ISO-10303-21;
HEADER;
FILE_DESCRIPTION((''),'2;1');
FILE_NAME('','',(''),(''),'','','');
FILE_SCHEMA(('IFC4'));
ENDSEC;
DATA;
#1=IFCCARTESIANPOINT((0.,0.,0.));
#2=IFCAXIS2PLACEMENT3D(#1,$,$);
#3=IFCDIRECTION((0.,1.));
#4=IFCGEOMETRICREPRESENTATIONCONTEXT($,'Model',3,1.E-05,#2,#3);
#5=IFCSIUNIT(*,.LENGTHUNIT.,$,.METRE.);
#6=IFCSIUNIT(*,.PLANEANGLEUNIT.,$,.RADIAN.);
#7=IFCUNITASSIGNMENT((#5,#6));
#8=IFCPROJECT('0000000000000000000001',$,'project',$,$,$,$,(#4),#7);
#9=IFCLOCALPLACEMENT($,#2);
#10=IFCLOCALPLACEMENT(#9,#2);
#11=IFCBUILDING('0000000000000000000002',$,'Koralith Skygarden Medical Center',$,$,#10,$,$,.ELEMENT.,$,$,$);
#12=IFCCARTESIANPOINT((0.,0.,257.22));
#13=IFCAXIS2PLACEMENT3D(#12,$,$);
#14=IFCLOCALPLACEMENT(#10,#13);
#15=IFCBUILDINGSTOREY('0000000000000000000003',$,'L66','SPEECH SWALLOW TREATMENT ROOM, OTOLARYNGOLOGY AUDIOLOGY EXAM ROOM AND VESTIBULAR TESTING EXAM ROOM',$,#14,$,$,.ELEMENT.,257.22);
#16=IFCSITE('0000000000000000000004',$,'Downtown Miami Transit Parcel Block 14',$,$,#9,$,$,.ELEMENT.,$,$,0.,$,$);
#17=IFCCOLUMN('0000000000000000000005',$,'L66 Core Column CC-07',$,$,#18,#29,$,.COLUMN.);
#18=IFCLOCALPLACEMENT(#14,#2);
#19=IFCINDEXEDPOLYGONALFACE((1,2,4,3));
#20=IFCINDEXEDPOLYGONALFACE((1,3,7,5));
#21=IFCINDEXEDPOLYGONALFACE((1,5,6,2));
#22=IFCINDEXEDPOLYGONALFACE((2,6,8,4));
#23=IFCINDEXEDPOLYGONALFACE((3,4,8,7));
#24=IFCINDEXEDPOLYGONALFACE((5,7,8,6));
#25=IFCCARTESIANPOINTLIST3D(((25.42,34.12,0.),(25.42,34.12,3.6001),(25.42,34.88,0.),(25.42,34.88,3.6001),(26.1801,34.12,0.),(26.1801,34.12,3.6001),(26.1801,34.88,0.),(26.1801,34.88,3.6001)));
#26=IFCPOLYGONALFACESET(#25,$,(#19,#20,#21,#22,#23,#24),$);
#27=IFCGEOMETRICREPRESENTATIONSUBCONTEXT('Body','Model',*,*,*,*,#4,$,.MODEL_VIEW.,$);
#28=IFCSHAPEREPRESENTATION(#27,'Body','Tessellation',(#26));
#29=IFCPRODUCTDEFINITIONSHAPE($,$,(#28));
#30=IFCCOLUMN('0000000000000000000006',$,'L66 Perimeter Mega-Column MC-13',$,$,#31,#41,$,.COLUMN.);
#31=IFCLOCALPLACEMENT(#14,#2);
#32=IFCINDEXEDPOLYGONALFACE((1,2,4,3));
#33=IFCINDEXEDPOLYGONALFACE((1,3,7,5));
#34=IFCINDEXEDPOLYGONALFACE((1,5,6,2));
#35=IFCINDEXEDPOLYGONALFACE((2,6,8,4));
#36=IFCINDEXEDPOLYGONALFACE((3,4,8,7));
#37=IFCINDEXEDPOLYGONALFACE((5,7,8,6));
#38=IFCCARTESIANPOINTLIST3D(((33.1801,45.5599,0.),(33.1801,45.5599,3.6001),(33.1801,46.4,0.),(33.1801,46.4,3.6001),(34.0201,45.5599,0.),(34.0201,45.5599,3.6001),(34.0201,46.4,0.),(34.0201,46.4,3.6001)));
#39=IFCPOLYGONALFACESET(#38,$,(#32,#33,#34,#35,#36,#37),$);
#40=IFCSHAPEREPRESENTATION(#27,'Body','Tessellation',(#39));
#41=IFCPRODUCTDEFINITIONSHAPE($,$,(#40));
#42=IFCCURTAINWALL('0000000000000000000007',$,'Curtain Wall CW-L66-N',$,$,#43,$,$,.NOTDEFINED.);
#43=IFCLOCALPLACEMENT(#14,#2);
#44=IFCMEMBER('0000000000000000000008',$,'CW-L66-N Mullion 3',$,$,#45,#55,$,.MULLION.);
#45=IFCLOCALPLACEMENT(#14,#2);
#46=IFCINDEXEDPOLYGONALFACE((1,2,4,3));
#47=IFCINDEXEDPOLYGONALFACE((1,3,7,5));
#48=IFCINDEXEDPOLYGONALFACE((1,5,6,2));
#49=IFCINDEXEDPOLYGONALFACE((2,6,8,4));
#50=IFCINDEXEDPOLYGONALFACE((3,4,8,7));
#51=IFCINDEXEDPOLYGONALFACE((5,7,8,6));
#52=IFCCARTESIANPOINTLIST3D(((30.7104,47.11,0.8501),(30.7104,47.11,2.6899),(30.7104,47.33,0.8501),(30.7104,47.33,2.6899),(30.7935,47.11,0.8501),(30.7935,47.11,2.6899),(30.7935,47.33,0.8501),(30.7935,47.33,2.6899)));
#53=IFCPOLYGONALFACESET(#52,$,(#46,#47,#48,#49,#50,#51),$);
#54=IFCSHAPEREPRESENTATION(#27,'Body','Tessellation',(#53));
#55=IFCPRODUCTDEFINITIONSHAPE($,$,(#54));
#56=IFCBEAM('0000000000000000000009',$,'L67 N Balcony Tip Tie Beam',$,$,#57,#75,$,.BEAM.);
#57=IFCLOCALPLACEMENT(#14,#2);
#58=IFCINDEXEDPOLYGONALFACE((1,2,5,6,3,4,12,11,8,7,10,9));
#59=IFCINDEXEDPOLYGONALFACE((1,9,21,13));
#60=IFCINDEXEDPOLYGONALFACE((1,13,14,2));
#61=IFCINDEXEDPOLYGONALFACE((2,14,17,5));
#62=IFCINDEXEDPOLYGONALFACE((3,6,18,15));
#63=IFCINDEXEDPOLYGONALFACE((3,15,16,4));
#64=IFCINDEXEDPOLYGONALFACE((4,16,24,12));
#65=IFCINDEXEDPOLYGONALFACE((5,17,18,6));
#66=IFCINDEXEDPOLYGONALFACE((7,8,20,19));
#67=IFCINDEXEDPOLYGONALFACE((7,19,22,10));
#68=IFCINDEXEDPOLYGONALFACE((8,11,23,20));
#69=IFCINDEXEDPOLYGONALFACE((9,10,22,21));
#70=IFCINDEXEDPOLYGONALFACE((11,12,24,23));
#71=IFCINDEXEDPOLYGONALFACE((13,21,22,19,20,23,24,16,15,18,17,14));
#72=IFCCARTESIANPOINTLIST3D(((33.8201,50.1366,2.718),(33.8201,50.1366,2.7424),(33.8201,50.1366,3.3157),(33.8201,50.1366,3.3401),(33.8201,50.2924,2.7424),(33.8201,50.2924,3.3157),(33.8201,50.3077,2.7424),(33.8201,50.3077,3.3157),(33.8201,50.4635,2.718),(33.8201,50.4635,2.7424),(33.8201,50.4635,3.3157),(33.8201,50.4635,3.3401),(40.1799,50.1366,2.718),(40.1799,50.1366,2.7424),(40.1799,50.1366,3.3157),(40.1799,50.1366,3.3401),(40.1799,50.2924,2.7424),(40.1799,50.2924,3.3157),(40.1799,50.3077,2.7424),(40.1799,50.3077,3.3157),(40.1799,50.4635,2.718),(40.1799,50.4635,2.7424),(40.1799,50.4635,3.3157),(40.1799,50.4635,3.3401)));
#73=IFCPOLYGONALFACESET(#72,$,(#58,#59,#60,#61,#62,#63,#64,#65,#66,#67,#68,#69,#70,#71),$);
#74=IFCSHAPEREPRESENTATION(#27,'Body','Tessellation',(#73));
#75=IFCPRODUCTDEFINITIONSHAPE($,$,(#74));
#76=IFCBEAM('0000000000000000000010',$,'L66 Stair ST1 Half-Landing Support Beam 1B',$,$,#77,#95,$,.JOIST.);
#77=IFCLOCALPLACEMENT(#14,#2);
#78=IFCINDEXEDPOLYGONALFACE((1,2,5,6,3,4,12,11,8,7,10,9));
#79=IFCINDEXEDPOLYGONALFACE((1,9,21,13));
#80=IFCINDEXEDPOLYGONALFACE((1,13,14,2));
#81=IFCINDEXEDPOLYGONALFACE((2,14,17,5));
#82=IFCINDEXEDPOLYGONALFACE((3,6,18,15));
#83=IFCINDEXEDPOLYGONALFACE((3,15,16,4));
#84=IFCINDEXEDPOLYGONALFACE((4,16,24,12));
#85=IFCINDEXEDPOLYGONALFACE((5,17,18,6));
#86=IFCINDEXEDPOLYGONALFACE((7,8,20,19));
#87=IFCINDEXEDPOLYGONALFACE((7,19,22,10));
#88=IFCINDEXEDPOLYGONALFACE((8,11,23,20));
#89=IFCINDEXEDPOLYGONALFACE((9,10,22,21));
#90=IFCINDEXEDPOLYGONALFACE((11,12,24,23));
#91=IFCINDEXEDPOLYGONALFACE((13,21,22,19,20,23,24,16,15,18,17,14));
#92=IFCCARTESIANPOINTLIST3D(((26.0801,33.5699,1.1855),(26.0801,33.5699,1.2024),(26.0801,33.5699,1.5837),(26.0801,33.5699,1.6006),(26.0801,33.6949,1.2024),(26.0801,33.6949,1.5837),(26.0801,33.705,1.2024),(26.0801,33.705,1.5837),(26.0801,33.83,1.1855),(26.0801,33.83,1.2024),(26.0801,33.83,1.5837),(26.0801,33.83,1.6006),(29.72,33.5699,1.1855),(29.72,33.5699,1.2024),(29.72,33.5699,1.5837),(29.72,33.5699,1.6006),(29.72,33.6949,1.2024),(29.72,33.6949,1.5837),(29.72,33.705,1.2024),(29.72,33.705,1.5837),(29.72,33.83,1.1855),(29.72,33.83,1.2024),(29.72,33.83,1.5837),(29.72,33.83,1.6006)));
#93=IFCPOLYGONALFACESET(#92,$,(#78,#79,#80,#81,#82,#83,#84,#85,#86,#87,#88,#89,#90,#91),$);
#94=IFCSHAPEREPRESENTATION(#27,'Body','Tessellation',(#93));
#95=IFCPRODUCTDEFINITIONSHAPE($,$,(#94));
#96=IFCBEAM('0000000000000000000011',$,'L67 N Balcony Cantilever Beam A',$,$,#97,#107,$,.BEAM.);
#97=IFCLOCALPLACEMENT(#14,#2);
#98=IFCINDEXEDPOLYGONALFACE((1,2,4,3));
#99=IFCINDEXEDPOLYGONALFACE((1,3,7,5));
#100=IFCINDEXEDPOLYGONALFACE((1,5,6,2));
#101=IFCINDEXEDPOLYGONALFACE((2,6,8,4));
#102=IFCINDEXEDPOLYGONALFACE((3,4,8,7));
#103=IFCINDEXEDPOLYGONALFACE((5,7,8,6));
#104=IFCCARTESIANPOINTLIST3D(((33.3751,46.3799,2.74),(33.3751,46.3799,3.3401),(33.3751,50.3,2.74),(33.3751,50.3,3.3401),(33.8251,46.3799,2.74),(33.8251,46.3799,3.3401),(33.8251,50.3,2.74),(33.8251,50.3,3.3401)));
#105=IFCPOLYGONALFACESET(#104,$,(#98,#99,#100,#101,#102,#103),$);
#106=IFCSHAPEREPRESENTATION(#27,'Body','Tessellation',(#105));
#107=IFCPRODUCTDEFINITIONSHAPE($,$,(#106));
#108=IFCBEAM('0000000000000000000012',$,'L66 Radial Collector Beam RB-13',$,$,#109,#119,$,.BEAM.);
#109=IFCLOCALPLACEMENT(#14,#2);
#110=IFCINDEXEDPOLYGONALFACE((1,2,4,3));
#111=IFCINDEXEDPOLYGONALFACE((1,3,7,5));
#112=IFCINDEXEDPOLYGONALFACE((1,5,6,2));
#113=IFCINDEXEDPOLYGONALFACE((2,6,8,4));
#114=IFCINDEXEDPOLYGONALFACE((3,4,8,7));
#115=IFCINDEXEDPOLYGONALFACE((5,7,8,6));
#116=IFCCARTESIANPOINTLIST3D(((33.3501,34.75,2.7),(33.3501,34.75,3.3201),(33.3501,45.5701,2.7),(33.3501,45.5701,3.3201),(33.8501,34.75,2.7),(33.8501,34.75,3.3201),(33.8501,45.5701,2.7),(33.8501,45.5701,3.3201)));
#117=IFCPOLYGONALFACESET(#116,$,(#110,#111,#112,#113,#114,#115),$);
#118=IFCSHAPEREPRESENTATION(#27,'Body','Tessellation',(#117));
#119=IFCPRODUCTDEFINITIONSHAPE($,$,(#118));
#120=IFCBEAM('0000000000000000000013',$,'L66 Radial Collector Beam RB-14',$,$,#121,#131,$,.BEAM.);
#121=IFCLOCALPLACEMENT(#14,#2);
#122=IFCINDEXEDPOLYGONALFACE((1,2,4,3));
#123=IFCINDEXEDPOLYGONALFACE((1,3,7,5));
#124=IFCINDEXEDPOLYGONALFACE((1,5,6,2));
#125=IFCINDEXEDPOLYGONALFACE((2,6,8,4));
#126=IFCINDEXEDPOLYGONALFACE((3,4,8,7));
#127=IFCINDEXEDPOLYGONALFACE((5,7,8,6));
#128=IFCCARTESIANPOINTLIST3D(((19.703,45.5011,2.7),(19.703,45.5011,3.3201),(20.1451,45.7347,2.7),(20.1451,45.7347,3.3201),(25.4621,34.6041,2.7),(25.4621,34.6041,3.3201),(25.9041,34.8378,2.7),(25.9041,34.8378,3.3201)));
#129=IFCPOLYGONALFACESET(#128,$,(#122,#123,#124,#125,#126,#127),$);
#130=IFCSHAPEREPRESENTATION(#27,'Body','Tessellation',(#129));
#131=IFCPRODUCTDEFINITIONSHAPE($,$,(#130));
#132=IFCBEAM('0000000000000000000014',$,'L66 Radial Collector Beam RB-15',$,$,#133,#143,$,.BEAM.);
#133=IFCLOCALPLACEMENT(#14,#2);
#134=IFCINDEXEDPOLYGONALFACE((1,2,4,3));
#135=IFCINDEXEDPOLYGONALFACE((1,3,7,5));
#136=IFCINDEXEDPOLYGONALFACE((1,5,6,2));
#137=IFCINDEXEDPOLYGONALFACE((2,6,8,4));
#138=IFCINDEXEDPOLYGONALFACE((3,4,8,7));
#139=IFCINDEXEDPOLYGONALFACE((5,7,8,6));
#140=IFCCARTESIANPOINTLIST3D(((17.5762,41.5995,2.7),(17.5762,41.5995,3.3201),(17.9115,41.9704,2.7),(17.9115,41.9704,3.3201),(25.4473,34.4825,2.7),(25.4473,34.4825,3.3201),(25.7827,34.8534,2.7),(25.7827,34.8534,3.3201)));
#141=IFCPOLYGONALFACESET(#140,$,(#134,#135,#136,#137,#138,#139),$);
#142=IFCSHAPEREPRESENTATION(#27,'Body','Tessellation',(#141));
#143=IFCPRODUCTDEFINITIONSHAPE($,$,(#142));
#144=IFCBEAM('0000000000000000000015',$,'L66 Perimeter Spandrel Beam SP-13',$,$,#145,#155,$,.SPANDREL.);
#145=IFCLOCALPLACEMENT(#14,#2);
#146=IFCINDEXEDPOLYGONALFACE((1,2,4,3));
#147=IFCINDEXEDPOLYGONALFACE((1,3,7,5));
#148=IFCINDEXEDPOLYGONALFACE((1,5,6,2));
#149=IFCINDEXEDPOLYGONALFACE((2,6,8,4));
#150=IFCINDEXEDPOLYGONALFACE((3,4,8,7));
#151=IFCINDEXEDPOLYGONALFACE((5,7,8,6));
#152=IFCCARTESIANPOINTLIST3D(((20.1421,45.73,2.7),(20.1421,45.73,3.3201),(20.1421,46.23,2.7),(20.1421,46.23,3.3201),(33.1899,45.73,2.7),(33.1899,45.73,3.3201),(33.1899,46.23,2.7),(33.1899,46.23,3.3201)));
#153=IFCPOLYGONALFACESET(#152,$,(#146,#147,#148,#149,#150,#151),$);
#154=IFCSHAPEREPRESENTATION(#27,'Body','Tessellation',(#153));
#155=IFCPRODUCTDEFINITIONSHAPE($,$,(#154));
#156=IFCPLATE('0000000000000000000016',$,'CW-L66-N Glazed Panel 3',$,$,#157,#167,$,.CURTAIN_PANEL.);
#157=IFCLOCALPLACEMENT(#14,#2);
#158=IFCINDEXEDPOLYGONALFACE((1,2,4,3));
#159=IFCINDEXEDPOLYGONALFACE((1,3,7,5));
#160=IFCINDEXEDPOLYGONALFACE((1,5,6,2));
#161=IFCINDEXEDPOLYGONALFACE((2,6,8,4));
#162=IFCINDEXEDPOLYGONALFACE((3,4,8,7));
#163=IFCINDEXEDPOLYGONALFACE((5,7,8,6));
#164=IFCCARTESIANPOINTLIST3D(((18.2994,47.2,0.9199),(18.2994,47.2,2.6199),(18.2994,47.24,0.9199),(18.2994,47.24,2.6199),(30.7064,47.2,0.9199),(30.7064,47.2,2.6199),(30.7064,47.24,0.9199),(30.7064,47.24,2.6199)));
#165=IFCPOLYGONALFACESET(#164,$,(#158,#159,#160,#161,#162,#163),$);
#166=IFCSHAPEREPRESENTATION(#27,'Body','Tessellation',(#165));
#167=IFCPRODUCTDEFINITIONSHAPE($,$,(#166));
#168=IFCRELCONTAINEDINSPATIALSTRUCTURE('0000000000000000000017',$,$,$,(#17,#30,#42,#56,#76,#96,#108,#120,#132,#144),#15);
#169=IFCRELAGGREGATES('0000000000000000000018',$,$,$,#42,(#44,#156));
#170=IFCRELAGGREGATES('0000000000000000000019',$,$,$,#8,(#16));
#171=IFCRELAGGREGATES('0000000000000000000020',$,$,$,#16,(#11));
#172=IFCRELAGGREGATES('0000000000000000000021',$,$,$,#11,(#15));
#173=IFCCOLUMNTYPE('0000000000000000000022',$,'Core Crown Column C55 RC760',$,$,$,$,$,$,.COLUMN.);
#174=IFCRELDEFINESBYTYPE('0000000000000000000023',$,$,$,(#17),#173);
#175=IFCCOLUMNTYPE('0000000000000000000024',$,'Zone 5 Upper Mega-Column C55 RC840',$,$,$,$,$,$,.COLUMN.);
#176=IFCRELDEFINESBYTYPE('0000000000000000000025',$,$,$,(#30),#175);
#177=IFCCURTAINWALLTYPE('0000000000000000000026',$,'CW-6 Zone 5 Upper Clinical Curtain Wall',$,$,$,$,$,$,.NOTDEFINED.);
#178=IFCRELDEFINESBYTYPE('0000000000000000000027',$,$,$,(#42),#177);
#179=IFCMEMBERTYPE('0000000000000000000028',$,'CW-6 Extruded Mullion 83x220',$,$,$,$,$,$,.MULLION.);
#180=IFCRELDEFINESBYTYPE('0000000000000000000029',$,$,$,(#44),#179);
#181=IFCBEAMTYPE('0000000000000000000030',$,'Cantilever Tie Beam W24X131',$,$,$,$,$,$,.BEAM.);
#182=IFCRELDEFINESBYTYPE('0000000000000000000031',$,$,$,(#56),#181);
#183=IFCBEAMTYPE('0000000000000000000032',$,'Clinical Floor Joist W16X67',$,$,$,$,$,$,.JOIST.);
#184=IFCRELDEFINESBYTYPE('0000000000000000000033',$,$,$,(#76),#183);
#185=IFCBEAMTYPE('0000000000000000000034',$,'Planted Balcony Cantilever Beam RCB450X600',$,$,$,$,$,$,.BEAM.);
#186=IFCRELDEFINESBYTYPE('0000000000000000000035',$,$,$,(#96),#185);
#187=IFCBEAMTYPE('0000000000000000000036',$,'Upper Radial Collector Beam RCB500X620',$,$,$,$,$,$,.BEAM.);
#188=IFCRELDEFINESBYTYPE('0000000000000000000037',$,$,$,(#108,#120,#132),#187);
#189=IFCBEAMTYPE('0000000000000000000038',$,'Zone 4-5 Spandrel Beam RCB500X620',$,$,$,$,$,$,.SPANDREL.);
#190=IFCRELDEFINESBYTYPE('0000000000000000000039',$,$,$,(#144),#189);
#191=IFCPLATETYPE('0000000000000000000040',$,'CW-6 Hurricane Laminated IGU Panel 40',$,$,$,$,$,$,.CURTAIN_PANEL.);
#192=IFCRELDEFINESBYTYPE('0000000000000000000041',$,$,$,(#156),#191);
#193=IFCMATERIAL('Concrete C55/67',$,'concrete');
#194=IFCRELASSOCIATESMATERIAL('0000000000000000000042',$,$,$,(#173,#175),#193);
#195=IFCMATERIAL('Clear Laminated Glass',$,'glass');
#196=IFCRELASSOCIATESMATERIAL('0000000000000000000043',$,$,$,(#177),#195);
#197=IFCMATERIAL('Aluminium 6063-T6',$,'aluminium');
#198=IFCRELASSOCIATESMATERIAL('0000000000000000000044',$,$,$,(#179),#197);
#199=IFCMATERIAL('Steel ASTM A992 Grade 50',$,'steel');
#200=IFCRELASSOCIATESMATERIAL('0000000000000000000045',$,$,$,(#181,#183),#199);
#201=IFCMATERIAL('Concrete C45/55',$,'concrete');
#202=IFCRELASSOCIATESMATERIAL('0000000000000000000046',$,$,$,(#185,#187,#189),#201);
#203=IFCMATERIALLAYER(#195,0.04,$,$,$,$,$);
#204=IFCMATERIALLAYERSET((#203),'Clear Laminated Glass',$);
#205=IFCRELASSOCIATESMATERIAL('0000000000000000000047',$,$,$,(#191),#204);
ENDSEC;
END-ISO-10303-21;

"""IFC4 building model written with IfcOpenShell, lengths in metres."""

from ifc_helpers import new_model, si_unit, direction, frame, origin, origin_2d, place, context, subcontext, project, spatial, rectangle, i_section, extrude, material, layer, layer_set, material_profile, profile_set, type_object, element, aggregate, save


model = new_model("IFC4")

# Units and contexts
model_context = context("Model", 3, precision=1e-05, world=origin(), true_north=direction((0.0, 1.0)))
body_context = subcontext(model_context, "Body", "Model", "MODEL_VIEW")
ifc_project = project(units=[si_unit("LENGTHUNIT", "METRE"), si_unit("PLANEANGLEUNIT", "RADIAN")], contexts=[model_context])

# Site, building, storey
site_placement = place(None, origin())
site = spatial("IfcSite", under=ifc_project, at=site_placement, Name="Downtown Miami Transit Parcel Block 14", CompositionType="ELEMENT", RefElevation=0.0)
building_placement = place(site_placement, origin())
building = spatial("IfcBuilding", under=site, at=building_placement, Name="Koralith Skygarden Medical Center", CompositionType="ELEMENT")
storey_placement = place(building_placement, frame((0.0, 0.0, 257.22)))
storey = spatial("IfcBuildingStorey", under=building, at=storey_placement, Name="L66", Description="SPEECH SWALLOW TREATMENT ROOM, OTOLARYNGOLOGY AUDIOLOGY EXAM ROOM AND VESTIBULAR TESTING EXAM ROOM", CompositionType="ELEMENT", Elevation=257.22)

# Columns
ifc_material_1 = material(Name="Concrete C55/67", Category="concrete")
ifc_material_profile_1 = material_profile(ifc_material_1, rectangle(XDim=0.76, YDim=0.76, at=origin_2d()), Name="RC760X760")
ifc_profile_set_1 = profile_set([ifc_material_profile_1], Name="Concrete C55/67")
column_type_1 = type_object("IfcColumnType", Name="Core Crown Column C55 RC760", PredefinedType="COLUMN", material=ifc_profile_set_1)
column_1_placement = place(storey_placement, frame((25.8, 34.5, 0.0), z_axis=(0.0, 0.0, 1.0), x_axis=(1.0, 0.0, 0.0)))
element("IfcColumn", 1, at=column_1_placement, inside=storey, type_object=column_type_1, Name="L66 Core Column CC-07", PredefinedType="COLUMN", context=body_context, shape_type="SweptSolid", body=[
    extrude(rectangle(XDim=0.76, YDim=0.76, at=origin_2d()), origin(), (0.0, 0.0, 1.0), 3.6001),
])
ifc_material_profile_2 = material_profile(ifc_material_1, rectangle(XDim=0.8401, YDim=0.8401, at=origin_2d()), Name="RC840X840")
ifc_profile_set_2 = profile_set([ifc_material_profile_2], Name="Concrete C55/67")
column_type_2 = type_object("IfcColumnType", Name="Zone 5 Upper Mega-Column C55 RC840", PredefinedType="COLUMN", material=ifc_profile_set_2)
column_2_placement = place(storey_placement, frame((33.6001, 45.98, 0.0), z_axis=(0.0, 0.0, 1.0), x_axis=(1.0, 0.0, 0.0)))
element("IfcColumn", 2, at=column_2_placement, inside=storey, type_object=column_type_2, Name="L66 Perimeter Mega-Column MC-13", PredefinedType="COLUMN", context=body_context, shape_type="SweptSolid", body=[
    extrude(rectangle(XDim=0.8401, YDim=0.8401, at=origin_2d()), origin(), (0.0, 0.0, 1.0), 3.6001),
])

# Curtain wall, member
ifc_material_2 = material(Name="Clear Laminated Glass", Category="glass")
curtain_wall_type = type_object("IfcCurtainWallType", Name="CW-6 Zone 5 Upper Clinical Curtain Wall", PredefinedType="NOTDEFINED", material=ifc_material_2)
curtain_wall_placement = place(storey_placement, origin())
curtain_wall = element("IfcCurtainWall", 3, at=curtain_wall_placement, inside=storey, type_object=curtain_wall_type, Name="Curtain Wall CW-L66-N", PredefinedType="NOTDEFINED")
ifc_material_3 = material(Name="Aluminium 6063-T6", Category="aluminium")
ifc_material_profile_3 = material_profile(ifc_material_3, rectangle(XDim=0.083, YDim=0.22, at=origin_2d()), Name="MUL83X220")
ifc_profile_set_3 = profile_set([ifc_material_profile_3], Name="Aluminium 6063-T6")
member_type = type_object("IfcMemberType", Name="CW-6 Extruded Mullion 83x220", PredefinedType="MULLION", material=ifc_profile_set_3)
member_placement = place(storey_placement, frame((30.752, 47.22, 0.8501), z_axis=(0.0, 0.0, 1.0), x_axis=(1.0, 0.0, 0.0)))
member = element("IfcMember", 4, at=member_placement, type_object=member_type, Name="CW-L66-N Mullion 3", PredefinedType="MULLION", context=body_context, shape_type="SweptSolid", body=[
    extrude(rectangle(XDim=0.083, YDim=0.22, at=origin_2d()), origin(), (0.0, 0.0, 1.0), 1.8398),
])

# Beams
ifc_material_4 = material(Name="Steel ASTM A992 Grade 50", Category="steel")
ifc_material_profile_4 = material_profile(ifc_material_4, i_section(OverallWidth=0.3269, OverallDepth=0.6221, WebThickness=0.0154, FlangeThickness=0.0244, at=origin_2d()), Name="W24X131")
ifc_profile_set_4 = profile_set([ifc_material_profile_4], Name="Steel ASTM A992 Grade 50")
beam_type_1 = type_object("IfcBeamType", Name="Cantilever Tie Beam W24X131", PredefinedType="BEAM", material=ifc_profile_set_4)
beam_1_placement = place(storey_placement, frame((33.8201, 50.3, 3.0291), z_axis=(1.0, 0.0, 0.0), x_axis=(0.0, 1.0, 0.0)))
element("IfcBeam", 5, at=beam_1_placement, inside=storey, type_object=beam_type_1, Name="L67 N Balcony Tip Tie Beam", PredefinedType="BEAM", context=body_context, shape_type="SweptSolid", body=[
    extrude(i_section(OverallWidth=0.3269, OverallDepth=0.6221, WebThickness=0.0154, FlangeThickness=0.0244, at=origin_2d()), origin(), (0.0, 0.0, 1.0), 6.3599),
])
ifc_material_profile_5 = material_profile(ifc_material_4, i_section(OverallWidth=0.26, OverallDepth=0.415, WebThickness=0.01, FlangeThickness=0.0168, at=origin_2d()), Name="W16X67")
ifc_profile_set_5 = profile_set([ifc_material_profile_5], Name="Steel ASTM A992 Grade 50")
beam_type_2 = type_object("IfcBeamType", Name="Clinical Floor Joist W16X67", PredefinedType="JOIST", material=ifc_profile_set_5)
beam_2_placement = place(storey_placement, frame((26.0801, 33.7, 1.3931), z_axis=(1.0, 0.0, 0.0), x_axis=(0.0, 1.0, 0.0)))
element("IfcBeam", 6, at=beam_2_placement, inside=storey, type_object=beam_type_2, Name="L66 Stair ST1 Half-Landing Support Beam 1B", PredefinedType="JOIST", context=body_context, shape_type="SweptSolid", body=[
    extrude(i_section(OverallWidth=0.26, OverallDepth=0.415, WebThickness=0.01, FlangeThickness=0.0168, at=origin_2d()), origin(), (0.0, 0.0, 1.0), 3.6399),
])
ifc_material_5 = material(Name="Concrete C45/55", Category="concrete")
ifc_material_profile_6 = material_profile(ifc_material_5, rectangle(XDim=0.45, YDim=0.6001, at=origin_2d()), Name="RCB450X600")
ifc_profile_set_6 = profile_set([ifc_material_profile_6], Name="Concrete C45/55")
beam_type_3 = type_object("IfcBeamType", Name="Planted Balcony Cantilever Beam RCB450X600", PredefinedType="BEAM", material=ifc_profile_set_6)
beam_3_placement = place(storey_placement, frame((33.6001, 46.3799, 3.04), z_axis=(0.0, 1.0, 0.0), x_axis=(-1.0, 0.0, 0.0)))
element("IfcBeam", 7, at=beam_3_placement, inside=storey, type_object=beam_type_3, Name="L67 N Balcony Cantilever Beam A", PredefinedType="BEAM", context=body_context, shape_type="SweptSolid", body=[
    extrude(rectangle(XDim=0.45, YDim=0.6001, at=origin_2d()), origin(), (0.0, 0.0, 1.0), 3.9202),
])
ifc_material_profile_7 = material_profile(ifc_material_5, rectangle(XDim=0.5, YDim=0.6201, at=origin_2d()), Name="RCB500X620")
ifc_profile_set_7 = profile_set([ifc_material_profile_7], Name="Concrete C45/55")
beam_type_4 = type_object("IfcBeamType", Name="Upper Radial Collector Beam RCB500X620", PredefinedType="BEAM", material=ifc_profile_set_7)
beam_4_placement = place(storey_placement, frame((33.6001, 34.75, 3.01), z_axis=(0.0, 1.0, 0.0), x_axis=(-1.0, 0.0, 0.0)))
element("IfcBeam", 8, at=beam_4_placement, inside=storey, type_object=beam_type_4, Name="L66 Radial Collector Beam RB-13", PredefinedType="BEAM", context=body_context, shape_type="SweptSolid", body=[
    extrude(rectangle(XDim=0.5, YDim=0.6201, at=origin_2d()), origin(), (0.0, 0.0, 1.0), 10.8201),
])
beam_5_placement = place(storey_placement, frame((25.6831, 34.7209, 3.01), z_axis=(-0.467257, 0.884122, 0.0), x_axis=(-0.884122, -0.467257, 0.0)))
element("IfcBeam", 9, at=beam_5_placement, inside=storey, type_object=beam_type_4, Name="L66 Radial Collector Beam RB-14", PredefinedType="BEAM", context=body_context, shape_type="SweptSolid", body=[
    extrude(rectangle(XDim=0.5, YDim=0.6201, at=origin_2d()), origin(), (0.0, 0.0, 1.0), 12.3252),
])
beam_6_placement = place(storey_placement, frame((25.615, 34.668, 3.01), z_axis=(-0.741748, 0.670679, 0.0), x_axis=(-0.670679, -0.741748, 0.0)))
element("IfcBeam", 10, at=beam_6_placement, inside=storey, type_object=beam_type_4, Name="L66 Radial Collector Beam RB-15", PredefinedType="BEAM", context=body_context, shape_type="SweptSolid", body=[
    extrude(rectangle(XDim=0.5, YDim=0.6201, at=origin_2d()), origin(), (0.0, 0.0, 1.0), 10.6116),
])
ifc_material_profile_8 = material_profile(ifc_material_5, rectangle(XDim=0.5, YDim=0.6201, at=origin_2d()), Name="RCB500X620")
ifc_profile_set_8 = profile_set([ifc_material_profile_8], Name="Concrete C45/55")
beam_type_5 = type_object("IfcBeamType", Name="Zone 4-5 Spandrel Beam RCB500X620", PredefinedType="SPANDREL", material=ifc_profile_set_8)
beam_7_placement = place(storey_placement, frame((33.1899, 45.98, 3.01), z_axis=(-1.0, 0.0, 0.0), x_axis=(0.0, -1.0, 0.0)))
element("IfcBeam", 11, at=beam_7_placement, inside=storey, type_object=beam_type_5, Name="L66 Perimeter Spandrel Beam SP-13", PredefinedType="SPANDREL", context=body_context, shape_type="SweptSolid", body=[
    extrude(rectangle(XDim=0.5, YDim=0.6201, at=origin_2d()), origin(), (0.0, 0.0, 1.0), 13.0479),
])

# Plate
ifc_layer_1 = layer(ifc_material_2, 0.04)
ifc_layer_set_1 = layer_set([ifc_layer_1], Name="Clear Laminated Glass")
plate_type = type_object("IfcPlateType", Name="CW-6 Hurricane Laminated IGU Panel 40", PredefinedType="CURTAIN_PANEL", material=ifc_layer_set_1)
plate_placement = place(storey_placement, frame((24.5029, 47.22, 0.9199), z_axis=(0.0, 0.0, 1.0), x_axis=(-1.0, 0.0, 0.0)))
plate = element("IfcPlate", 12, at=plate_placement, type_object=plate_type, Name="CW-L66-N Glazed Panel 3", PredefinedType="CURTAIN_PANEL", context=body_context, shape_type="SweptSolid", body=[
    extrude(rectangle(XDim=12.407, YDim=0.04, at=origin_2d()), origin(), (0.0, 0.0, 1.0), 1.7),
])
aggregate(curtain_wall, [member, plate])

save(model, "model.ifc")
